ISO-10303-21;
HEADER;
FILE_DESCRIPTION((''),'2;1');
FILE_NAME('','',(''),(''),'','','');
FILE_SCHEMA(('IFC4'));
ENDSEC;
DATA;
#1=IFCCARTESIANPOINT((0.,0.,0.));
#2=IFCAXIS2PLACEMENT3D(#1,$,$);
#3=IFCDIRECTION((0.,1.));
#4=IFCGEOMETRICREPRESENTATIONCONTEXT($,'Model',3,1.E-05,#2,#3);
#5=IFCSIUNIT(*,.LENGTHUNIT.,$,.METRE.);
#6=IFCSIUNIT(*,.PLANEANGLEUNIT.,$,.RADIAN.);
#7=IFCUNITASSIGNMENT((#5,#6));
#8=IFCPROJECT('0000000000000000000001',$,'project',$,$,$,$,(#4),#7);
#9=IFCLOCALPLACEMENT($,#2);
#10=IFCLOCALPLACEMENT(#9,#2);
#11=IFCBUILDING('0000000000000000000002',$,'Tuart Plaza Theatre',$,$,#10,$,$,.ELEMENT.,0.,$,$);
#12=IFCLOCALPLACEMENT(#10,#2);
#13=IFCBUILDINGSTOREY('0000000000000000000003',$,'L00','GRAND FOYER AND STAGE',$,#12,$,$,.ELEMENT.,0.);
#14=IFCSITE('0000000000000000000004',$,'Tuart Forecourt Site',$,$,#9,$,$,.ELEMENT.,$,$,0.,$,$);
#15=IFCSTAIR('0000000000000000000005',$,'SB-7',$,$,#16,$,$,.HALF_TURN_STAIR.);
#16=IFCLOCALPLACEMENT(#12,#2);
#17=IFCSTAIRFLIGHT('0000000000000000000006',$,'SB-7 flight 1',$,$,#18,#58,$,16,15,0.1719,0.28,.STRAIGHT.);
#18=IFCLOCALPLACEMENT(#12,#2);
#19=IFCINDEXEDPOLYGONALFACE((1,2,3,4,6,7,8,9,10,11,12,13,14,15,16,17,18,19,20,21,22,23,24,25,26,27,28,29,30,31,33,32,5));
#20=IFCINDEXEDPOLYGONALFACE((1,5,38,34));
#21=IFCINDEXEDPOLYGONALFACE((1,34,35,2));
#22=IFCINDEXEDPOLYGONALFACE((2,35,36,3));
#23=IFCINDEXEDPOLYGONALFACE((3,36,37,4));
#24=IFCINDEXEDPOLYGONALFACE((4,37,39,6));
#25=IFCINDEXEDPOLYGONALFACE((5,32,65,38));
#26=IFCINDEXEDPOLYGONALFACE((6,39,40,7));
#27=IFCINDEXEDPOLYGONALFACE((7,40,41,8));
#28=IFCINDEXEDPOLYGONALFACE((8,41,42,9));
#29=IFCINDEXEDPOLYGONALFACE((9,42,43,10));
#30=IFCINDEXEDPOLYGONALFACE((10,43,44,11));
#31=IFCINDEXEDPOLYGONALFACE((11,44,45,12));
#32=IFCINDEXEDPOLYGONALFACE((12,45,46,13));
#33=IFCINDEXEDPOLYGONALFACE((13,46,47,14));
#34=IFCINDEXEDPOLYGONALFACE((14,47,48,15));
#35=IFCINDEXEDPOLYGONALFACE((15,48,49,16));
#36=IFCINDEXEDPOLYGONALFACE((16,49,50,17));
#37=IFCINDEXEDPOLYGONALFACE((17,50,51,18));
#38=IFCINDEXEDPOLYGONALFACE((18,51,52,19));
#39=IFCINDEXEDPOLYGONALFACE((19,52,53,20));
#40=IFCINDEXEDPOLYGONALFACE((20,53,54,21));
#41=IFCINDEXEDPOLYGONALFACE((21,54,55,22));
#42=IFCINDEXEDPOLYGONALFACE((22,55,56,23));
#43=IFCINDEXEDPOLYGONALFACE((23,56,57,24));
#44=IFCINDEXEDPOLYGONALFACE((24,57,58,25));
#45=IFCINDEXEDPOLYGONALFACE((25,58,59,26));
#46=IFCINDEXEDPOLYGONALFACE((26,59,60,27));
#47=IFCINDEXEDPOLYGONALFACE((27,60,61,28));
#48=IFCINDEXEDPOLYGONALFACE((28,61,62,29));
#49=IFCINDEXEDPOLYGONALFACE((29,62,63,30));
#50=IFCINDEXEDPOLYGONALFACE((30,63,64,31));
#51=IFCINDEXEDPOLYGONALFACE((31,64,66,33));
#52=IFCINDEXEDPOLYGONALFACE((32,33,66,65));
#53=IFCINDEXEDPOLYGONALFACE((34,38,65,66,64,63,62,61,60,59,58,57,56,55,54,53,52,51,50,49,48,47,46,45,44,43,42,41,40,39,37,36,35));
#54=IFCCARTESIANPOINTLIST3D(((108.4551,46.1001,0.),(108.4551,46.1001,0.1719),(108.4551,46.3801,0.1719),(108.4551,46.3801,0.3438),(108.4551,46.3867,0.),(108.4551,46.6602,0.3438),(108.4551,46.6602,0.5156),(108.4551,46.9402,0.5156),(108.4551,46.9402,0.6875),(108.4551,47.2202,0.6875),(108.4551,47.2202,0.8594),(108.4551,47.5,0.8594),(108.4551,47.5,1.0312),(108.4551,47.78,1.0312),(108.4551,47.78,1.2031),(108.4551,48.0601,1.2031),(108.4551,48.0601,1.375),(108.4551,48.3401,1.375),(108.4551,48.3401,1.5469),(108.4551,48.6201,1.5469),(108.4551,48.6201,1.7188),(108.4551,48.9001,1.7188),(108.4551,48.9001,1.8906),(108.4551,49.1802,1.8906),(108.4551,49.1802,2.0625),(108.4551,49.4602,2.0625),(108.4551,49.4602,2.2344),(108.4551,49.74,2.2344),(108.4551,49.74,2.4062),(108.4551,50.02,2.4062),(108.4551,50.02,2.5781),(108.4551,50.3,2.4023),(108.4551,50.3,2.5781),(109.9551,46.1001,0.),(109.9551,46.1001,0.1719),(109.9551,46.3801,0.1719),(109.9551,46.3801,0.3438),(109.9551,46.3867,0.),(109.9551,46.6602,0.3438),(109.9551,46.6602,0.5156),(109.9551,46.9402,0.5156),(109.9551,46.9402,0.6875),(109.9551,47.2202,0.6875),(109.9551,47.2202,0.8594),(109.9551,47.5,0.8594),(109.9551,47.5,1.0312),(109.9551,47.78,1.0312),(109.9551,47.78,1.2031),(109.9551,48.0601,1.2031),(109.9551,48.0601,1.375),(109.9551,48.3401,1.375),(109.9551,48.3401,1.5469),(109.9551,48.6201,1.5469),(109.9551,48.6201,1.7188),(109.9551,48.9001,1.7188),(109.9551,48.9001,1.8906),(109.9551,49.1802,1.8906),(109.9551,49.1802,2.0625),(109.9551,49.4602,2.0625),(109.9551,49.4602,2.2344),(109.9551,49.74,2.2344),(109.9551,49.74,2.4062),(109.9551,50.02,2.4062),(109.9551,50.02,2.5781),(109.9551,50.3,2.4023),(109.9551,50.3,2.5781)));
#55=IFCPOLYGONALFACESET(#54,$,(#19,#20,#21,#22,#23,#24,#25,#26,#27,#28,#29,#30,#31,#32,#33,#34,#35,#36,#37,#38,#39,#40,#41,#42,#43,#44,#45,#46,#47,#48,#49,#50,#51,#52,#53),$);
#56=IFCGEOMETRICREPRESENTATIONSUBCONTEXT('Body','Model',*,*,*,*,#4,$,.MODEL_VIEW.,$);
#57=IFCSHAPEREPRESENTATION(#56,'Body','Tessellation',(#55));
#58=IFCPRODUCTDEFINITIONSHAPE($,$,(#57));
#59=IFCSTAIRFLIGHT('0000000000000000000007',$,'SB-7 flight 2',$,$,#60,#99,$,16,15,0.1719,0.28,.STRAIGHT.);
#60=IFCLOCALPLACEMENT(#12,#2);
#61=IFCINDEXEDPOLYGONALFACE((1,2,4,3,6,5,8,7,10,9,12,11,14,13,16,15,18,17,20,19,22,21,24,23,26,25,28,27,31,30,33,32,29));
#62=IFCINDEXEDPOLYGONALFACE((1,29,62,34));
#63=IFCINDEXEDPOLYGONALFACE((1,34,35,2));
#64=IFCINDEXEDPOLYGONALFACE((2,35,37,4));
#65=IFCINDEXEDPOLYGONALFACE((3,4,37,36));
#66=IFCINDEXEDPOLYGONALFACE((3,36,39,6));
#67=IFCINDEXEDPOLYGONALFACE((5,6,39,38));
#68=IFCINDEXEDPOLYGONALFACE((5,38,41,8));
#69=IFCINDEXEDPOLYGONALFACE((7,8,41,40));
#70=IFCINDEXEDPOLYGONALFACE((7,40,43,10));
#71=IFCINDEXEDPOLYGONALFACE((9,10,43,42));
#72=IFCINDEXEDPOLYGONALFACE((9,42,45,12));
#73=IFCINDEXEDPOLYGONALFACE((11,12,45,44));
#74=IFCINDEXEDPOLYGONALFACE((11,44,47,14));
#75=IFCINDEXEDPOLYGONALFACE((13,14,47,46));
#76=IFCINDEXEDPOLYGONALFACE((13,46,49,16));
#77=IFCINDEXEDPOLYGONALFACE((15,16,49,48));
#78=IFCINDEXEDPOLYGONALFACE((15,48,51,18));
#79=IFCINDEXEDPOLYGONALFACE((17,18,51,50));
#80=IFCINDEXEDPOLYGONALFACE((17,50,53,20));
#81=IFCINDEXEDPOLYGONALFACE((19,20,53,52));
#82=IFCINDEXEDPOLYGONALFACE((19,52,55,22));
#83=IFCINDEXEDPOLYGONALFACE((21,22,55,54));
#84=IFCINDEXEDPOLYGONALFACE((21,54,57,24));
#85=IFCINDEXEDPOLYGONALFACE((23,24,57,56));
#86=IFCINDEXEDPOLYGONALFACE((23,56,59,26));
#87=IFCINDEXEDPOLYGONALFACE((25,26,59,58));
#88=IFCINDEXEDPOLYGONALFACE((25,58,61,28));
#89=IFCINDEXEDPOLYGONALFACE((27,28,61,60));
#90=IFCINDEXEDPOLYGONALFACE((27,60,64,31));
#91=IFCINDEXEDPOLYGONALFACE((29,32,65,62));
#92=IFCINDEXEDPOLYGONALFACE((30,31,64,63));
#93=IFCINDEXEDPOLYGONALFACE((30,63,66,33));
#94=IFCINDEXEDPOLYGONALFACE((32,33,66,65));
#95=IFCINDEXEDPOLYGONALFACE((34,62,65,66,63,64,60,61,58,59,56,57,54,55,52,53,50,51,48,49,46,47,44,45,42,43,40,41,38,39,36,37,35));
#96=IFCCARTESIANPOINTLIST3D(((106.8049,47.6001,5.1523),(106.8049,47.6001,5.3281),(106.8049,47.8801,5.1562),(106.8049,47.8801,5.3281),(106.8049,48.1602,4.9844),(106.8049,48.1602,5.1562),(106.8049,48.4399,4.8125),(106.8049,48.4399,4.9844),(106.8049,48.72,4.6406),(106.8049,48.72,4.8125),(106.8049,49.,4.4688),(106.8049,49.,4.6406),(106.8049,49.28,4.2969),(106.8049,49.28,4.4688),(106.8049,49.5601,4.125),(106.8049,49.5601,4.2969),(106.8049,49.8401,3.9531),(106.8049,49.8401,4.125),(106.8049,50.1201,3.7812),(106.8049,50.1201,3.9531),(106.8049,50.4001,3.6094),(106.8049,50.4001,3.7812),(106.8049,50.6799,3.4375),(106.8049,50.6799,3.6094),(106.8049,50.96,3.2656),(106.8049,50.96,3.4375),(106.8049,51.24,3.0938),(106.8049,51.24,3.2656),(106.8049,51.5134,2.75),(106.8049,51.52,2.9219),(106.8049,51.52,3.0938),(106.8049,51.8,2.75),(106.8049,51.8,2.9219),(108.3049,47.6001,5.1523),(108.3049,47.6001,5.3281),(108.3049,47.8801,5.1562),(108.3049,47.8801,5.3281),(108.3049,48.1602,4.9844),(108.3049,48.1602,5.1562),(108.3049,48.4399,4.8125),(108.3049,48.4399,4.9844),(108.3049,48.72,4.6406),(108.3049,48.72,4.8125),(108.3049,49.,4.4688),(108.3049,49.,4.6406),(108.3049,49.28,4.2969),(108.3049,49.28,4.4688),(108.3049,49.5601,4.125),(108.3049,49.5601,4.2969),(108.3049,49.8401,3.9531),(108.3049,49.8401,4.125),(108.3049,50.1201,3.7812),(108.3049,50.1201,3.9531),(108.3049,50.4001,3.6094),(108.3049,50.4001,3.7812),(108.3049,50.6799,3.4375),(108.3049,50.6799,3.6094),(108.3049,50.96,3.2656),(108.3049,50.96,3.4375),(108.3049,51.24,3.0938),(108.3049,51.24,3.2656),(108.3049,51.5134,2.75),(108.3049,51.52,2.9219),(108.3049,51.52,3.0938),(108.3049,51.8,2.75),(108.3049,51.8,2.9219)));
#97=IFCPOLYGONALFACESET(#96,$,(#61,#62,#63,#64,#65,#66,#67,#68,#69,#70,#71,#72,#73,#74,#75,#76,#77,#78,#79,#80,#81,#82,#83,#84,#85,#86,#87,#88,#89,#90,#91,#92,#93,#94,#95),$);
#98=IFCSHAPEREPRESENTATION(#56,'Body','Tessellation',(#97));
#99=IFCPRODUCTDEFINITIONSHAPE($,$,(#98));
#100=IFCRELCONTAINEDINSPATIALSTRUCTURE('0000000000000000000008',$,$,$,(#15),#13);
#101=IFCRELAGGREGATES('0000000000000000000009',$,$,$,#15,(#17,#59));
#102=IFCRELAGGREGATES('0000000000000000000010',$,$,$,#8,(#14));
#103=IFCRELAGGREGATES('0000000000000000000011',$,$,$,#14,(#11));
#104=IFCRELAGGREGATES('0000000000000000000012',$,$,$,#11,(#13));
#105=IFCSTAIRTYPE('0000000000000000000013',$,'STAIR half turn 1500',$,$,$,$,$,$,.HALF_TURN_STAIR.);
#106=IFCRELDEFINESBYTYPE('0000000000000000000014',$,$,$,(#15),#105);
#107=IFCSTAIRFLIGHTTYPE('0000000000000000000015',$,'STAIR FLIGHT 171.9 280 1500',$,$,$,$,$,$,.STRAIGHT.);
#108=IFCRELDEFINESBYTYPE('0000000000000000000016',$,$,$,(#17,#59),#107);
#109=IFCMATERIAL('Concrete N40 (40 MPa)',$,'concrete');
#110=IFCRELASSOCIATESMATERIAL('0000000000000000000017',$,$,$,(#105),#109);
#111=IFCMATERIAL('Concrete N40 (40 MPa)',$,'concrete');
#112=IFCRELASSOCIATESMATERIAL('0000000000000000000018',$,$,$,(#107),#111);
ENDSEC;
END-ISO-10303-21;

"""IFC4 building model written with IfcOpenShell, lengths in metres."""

from ifc_helpers import new_model, si_unit, direction, frame, origin, place, context, subcontext, project, spatial, polyline, outline, extrude, material, type_object, element, aggregate, save


model = new_model("IFC4")

# Units and contexts
model_context = context("Model", 3, precision=1e-05, world=origin(), true_north=direction((0.0, 1.0)))
body_context = subcontext(model_context, "Body", "Model", "MODEL_VIEW")
ifc_project = project(units=[si_unit("LENGTHUNIT", "METRE"), si_unit("PLANEANGLEUNIT", "RADIAN")], contexts=[model_context])

# Site, building, storey
site_placement = place(None, origin())
site = spatial("IfcSite", under=ifc_project, at=site_placement, Name="Tuart Forecourt Site", CompositionType="ELEMENT", RefElevation=0.0)
building_placement = place(site_placement, origin())
building = spatial("IfcBuilding", under=site, at=building_placement, Name="Tuart Plaza Theatre", CompositionType="ELEMENT", ElevationOfRefHeight=0.0)
storey_placement = place(building_placement, origin())
storey = spatial("IfcBuildingStorey", under=building, at=storey_placement, Name="L00", Description="GRAND FOYER AND STAGE", CompositionType="ELEMENT", Elevation=0.0)

# Stair, stair flights
ifc_material_1 = material(Name="Concrete N40 (40 MPa)", Category="concrete")
stair_type = type_object("IfcStairType", Name="STAIR half turn 1500", PredefinedType="HALF_TURN_STAIR", material=ifc_material_1)
stair_placement = place(storey_placement, origin())
stair = element("IfcStair", 1, at=stair_placement, inside=storey, type_object=stair_type, Name="SB-7", PredefinedType="HALF_TURN_STAIR")
ifc_material_2 = material(Name="Concrete N40 (40 MPa)", Category="concrete")
stair_flight_type = type_object("IfcStairFlightType", Name="STAIR FLIGHT 171.9 280 1500", PredefinedType="STRAIGHT", material=ifc_material_2)
stair_flight_1_placement = place(storey_placement, frame((109.2051, 46.1001, 0.0), z_axis=(0.0, 0.0, 1.0), x_axis=(0.0, 1.0, 0.0)))
stair_flight_1 = element("IfcStairFlight", 2, at=stair_flight_1_placement, type_object=stair_flight_type, Name="SB-7 flight 1", NumberOfRisers=16, NumberOfTreads=15, PredefinedType="STRAIGHT", RiserHeight=0.1719, TreadLength=0.28, context=body_context, shape_type="SweptSolid", body=[
    extrude(outline(polyline([(0.0, 0.0), (0.0, 0.1719), (0.28, 0.1719), (0.28, 0.3438), (0.5601, 0.3438), (0.5601, 0.5156), (0.8401, 0.5156), (0.8401, 0.6875), (1.1201, 0.6875), (1.1201, 0.8594), (1.3999, 0.8594), (1.3999, 1.0312), (1.6799, 1.0312), (1.6799, 1.2031), (1.96, 1.2031), (1.96, 1.375), (2.24, 1.375), (2.24, 1.5469), (2.52, 1.5469), (2.52, 1.7188), (2.8, 1.7188), (2.8, 1.8906), (3.0801, 1.8906), (3.0801, 2.0625), (3.3601, 2.0625), (3.3601, 2.2344), (3.6399, 2.2344), (3.6399, 2.4062), (3.9199, 2.4062), (3.9199, 2.5781), (4.2, 2.5781), (4.2, 2.75), (4.2, 2.4023), (0.2866, 0.0), (0.0, 0.0)])), frame((0.0, 0.75, 0.0), z_axis=(0.0, -1.0, 0.0), x_axis=(1.0, 0.0, 0.0)), (0.0, 0.0, 1.0), 1.5),
])
stair_flight_2_placement = place(storey_placement, frame((107.5549, 51.8, 2.75), z_axis=(0.0, 0.0, 1.0), x_axis=(0.0, -1.0, 0.0)))
stair_flight_2 = element("IfcStairFlight", 3, at=stair_flight_2_placement, type_object=stair_flight_type, Name="SB-7 flight 2", NumberOfRisers=16, NumberOfTreads=15, PredefinedType="STRAIGHT", RiserHeight=0.1719, TreadLength=0.28, context=body_context, shape_type="SweptSolid", body=[
    extrude(outline(polyline([(0.0, 0.0), (0.0, 0.1719), (0.28, 0.1719), (0.28, 0.3438), (0.5601, 0.3438), (0.5601, 0.5156), (0.8401, 0.5156), (0.8401, 0.6875), (1.1201, 0.6875), (1.1201, 0.8594), (1.3999, 0.8594), (1.3999, 1.0312), (1.6799, 1.0312), (1.6799, 1.2031), (1.96, 1.2031), (1.96, 1.375), (2.24, 1.375), (2.24, 1.5469), (2.52, 1.5469), (2.52, 1.7188), (2.8, 1.7188), (2.8, 1.8906), (3.0801, 1.8906), (3.0801, 2.0625), (3.3601, 2.0625), (3.3601, 2.2344), (3.6399, 2.2344), (3.6399, 2.4062), (3.9199, 2.4062), (3.9199, 2.5781), (4.2, 2.5781), (4.2, 2.75), (4.2, 2.4023), (0.2866, 0.0), (0.0, 0.0)])), frame((0.0, 0.75, 0.0), z_axis=(0.0, -1.0, 0.0), x_axis=(1.0, 0.0, 0.0)), (0.0, 0.0, 1.0), 1.5),
])
aggregate(stair, [stair_flight_1, stair_flight_2])

save(model, "model.ifc")
